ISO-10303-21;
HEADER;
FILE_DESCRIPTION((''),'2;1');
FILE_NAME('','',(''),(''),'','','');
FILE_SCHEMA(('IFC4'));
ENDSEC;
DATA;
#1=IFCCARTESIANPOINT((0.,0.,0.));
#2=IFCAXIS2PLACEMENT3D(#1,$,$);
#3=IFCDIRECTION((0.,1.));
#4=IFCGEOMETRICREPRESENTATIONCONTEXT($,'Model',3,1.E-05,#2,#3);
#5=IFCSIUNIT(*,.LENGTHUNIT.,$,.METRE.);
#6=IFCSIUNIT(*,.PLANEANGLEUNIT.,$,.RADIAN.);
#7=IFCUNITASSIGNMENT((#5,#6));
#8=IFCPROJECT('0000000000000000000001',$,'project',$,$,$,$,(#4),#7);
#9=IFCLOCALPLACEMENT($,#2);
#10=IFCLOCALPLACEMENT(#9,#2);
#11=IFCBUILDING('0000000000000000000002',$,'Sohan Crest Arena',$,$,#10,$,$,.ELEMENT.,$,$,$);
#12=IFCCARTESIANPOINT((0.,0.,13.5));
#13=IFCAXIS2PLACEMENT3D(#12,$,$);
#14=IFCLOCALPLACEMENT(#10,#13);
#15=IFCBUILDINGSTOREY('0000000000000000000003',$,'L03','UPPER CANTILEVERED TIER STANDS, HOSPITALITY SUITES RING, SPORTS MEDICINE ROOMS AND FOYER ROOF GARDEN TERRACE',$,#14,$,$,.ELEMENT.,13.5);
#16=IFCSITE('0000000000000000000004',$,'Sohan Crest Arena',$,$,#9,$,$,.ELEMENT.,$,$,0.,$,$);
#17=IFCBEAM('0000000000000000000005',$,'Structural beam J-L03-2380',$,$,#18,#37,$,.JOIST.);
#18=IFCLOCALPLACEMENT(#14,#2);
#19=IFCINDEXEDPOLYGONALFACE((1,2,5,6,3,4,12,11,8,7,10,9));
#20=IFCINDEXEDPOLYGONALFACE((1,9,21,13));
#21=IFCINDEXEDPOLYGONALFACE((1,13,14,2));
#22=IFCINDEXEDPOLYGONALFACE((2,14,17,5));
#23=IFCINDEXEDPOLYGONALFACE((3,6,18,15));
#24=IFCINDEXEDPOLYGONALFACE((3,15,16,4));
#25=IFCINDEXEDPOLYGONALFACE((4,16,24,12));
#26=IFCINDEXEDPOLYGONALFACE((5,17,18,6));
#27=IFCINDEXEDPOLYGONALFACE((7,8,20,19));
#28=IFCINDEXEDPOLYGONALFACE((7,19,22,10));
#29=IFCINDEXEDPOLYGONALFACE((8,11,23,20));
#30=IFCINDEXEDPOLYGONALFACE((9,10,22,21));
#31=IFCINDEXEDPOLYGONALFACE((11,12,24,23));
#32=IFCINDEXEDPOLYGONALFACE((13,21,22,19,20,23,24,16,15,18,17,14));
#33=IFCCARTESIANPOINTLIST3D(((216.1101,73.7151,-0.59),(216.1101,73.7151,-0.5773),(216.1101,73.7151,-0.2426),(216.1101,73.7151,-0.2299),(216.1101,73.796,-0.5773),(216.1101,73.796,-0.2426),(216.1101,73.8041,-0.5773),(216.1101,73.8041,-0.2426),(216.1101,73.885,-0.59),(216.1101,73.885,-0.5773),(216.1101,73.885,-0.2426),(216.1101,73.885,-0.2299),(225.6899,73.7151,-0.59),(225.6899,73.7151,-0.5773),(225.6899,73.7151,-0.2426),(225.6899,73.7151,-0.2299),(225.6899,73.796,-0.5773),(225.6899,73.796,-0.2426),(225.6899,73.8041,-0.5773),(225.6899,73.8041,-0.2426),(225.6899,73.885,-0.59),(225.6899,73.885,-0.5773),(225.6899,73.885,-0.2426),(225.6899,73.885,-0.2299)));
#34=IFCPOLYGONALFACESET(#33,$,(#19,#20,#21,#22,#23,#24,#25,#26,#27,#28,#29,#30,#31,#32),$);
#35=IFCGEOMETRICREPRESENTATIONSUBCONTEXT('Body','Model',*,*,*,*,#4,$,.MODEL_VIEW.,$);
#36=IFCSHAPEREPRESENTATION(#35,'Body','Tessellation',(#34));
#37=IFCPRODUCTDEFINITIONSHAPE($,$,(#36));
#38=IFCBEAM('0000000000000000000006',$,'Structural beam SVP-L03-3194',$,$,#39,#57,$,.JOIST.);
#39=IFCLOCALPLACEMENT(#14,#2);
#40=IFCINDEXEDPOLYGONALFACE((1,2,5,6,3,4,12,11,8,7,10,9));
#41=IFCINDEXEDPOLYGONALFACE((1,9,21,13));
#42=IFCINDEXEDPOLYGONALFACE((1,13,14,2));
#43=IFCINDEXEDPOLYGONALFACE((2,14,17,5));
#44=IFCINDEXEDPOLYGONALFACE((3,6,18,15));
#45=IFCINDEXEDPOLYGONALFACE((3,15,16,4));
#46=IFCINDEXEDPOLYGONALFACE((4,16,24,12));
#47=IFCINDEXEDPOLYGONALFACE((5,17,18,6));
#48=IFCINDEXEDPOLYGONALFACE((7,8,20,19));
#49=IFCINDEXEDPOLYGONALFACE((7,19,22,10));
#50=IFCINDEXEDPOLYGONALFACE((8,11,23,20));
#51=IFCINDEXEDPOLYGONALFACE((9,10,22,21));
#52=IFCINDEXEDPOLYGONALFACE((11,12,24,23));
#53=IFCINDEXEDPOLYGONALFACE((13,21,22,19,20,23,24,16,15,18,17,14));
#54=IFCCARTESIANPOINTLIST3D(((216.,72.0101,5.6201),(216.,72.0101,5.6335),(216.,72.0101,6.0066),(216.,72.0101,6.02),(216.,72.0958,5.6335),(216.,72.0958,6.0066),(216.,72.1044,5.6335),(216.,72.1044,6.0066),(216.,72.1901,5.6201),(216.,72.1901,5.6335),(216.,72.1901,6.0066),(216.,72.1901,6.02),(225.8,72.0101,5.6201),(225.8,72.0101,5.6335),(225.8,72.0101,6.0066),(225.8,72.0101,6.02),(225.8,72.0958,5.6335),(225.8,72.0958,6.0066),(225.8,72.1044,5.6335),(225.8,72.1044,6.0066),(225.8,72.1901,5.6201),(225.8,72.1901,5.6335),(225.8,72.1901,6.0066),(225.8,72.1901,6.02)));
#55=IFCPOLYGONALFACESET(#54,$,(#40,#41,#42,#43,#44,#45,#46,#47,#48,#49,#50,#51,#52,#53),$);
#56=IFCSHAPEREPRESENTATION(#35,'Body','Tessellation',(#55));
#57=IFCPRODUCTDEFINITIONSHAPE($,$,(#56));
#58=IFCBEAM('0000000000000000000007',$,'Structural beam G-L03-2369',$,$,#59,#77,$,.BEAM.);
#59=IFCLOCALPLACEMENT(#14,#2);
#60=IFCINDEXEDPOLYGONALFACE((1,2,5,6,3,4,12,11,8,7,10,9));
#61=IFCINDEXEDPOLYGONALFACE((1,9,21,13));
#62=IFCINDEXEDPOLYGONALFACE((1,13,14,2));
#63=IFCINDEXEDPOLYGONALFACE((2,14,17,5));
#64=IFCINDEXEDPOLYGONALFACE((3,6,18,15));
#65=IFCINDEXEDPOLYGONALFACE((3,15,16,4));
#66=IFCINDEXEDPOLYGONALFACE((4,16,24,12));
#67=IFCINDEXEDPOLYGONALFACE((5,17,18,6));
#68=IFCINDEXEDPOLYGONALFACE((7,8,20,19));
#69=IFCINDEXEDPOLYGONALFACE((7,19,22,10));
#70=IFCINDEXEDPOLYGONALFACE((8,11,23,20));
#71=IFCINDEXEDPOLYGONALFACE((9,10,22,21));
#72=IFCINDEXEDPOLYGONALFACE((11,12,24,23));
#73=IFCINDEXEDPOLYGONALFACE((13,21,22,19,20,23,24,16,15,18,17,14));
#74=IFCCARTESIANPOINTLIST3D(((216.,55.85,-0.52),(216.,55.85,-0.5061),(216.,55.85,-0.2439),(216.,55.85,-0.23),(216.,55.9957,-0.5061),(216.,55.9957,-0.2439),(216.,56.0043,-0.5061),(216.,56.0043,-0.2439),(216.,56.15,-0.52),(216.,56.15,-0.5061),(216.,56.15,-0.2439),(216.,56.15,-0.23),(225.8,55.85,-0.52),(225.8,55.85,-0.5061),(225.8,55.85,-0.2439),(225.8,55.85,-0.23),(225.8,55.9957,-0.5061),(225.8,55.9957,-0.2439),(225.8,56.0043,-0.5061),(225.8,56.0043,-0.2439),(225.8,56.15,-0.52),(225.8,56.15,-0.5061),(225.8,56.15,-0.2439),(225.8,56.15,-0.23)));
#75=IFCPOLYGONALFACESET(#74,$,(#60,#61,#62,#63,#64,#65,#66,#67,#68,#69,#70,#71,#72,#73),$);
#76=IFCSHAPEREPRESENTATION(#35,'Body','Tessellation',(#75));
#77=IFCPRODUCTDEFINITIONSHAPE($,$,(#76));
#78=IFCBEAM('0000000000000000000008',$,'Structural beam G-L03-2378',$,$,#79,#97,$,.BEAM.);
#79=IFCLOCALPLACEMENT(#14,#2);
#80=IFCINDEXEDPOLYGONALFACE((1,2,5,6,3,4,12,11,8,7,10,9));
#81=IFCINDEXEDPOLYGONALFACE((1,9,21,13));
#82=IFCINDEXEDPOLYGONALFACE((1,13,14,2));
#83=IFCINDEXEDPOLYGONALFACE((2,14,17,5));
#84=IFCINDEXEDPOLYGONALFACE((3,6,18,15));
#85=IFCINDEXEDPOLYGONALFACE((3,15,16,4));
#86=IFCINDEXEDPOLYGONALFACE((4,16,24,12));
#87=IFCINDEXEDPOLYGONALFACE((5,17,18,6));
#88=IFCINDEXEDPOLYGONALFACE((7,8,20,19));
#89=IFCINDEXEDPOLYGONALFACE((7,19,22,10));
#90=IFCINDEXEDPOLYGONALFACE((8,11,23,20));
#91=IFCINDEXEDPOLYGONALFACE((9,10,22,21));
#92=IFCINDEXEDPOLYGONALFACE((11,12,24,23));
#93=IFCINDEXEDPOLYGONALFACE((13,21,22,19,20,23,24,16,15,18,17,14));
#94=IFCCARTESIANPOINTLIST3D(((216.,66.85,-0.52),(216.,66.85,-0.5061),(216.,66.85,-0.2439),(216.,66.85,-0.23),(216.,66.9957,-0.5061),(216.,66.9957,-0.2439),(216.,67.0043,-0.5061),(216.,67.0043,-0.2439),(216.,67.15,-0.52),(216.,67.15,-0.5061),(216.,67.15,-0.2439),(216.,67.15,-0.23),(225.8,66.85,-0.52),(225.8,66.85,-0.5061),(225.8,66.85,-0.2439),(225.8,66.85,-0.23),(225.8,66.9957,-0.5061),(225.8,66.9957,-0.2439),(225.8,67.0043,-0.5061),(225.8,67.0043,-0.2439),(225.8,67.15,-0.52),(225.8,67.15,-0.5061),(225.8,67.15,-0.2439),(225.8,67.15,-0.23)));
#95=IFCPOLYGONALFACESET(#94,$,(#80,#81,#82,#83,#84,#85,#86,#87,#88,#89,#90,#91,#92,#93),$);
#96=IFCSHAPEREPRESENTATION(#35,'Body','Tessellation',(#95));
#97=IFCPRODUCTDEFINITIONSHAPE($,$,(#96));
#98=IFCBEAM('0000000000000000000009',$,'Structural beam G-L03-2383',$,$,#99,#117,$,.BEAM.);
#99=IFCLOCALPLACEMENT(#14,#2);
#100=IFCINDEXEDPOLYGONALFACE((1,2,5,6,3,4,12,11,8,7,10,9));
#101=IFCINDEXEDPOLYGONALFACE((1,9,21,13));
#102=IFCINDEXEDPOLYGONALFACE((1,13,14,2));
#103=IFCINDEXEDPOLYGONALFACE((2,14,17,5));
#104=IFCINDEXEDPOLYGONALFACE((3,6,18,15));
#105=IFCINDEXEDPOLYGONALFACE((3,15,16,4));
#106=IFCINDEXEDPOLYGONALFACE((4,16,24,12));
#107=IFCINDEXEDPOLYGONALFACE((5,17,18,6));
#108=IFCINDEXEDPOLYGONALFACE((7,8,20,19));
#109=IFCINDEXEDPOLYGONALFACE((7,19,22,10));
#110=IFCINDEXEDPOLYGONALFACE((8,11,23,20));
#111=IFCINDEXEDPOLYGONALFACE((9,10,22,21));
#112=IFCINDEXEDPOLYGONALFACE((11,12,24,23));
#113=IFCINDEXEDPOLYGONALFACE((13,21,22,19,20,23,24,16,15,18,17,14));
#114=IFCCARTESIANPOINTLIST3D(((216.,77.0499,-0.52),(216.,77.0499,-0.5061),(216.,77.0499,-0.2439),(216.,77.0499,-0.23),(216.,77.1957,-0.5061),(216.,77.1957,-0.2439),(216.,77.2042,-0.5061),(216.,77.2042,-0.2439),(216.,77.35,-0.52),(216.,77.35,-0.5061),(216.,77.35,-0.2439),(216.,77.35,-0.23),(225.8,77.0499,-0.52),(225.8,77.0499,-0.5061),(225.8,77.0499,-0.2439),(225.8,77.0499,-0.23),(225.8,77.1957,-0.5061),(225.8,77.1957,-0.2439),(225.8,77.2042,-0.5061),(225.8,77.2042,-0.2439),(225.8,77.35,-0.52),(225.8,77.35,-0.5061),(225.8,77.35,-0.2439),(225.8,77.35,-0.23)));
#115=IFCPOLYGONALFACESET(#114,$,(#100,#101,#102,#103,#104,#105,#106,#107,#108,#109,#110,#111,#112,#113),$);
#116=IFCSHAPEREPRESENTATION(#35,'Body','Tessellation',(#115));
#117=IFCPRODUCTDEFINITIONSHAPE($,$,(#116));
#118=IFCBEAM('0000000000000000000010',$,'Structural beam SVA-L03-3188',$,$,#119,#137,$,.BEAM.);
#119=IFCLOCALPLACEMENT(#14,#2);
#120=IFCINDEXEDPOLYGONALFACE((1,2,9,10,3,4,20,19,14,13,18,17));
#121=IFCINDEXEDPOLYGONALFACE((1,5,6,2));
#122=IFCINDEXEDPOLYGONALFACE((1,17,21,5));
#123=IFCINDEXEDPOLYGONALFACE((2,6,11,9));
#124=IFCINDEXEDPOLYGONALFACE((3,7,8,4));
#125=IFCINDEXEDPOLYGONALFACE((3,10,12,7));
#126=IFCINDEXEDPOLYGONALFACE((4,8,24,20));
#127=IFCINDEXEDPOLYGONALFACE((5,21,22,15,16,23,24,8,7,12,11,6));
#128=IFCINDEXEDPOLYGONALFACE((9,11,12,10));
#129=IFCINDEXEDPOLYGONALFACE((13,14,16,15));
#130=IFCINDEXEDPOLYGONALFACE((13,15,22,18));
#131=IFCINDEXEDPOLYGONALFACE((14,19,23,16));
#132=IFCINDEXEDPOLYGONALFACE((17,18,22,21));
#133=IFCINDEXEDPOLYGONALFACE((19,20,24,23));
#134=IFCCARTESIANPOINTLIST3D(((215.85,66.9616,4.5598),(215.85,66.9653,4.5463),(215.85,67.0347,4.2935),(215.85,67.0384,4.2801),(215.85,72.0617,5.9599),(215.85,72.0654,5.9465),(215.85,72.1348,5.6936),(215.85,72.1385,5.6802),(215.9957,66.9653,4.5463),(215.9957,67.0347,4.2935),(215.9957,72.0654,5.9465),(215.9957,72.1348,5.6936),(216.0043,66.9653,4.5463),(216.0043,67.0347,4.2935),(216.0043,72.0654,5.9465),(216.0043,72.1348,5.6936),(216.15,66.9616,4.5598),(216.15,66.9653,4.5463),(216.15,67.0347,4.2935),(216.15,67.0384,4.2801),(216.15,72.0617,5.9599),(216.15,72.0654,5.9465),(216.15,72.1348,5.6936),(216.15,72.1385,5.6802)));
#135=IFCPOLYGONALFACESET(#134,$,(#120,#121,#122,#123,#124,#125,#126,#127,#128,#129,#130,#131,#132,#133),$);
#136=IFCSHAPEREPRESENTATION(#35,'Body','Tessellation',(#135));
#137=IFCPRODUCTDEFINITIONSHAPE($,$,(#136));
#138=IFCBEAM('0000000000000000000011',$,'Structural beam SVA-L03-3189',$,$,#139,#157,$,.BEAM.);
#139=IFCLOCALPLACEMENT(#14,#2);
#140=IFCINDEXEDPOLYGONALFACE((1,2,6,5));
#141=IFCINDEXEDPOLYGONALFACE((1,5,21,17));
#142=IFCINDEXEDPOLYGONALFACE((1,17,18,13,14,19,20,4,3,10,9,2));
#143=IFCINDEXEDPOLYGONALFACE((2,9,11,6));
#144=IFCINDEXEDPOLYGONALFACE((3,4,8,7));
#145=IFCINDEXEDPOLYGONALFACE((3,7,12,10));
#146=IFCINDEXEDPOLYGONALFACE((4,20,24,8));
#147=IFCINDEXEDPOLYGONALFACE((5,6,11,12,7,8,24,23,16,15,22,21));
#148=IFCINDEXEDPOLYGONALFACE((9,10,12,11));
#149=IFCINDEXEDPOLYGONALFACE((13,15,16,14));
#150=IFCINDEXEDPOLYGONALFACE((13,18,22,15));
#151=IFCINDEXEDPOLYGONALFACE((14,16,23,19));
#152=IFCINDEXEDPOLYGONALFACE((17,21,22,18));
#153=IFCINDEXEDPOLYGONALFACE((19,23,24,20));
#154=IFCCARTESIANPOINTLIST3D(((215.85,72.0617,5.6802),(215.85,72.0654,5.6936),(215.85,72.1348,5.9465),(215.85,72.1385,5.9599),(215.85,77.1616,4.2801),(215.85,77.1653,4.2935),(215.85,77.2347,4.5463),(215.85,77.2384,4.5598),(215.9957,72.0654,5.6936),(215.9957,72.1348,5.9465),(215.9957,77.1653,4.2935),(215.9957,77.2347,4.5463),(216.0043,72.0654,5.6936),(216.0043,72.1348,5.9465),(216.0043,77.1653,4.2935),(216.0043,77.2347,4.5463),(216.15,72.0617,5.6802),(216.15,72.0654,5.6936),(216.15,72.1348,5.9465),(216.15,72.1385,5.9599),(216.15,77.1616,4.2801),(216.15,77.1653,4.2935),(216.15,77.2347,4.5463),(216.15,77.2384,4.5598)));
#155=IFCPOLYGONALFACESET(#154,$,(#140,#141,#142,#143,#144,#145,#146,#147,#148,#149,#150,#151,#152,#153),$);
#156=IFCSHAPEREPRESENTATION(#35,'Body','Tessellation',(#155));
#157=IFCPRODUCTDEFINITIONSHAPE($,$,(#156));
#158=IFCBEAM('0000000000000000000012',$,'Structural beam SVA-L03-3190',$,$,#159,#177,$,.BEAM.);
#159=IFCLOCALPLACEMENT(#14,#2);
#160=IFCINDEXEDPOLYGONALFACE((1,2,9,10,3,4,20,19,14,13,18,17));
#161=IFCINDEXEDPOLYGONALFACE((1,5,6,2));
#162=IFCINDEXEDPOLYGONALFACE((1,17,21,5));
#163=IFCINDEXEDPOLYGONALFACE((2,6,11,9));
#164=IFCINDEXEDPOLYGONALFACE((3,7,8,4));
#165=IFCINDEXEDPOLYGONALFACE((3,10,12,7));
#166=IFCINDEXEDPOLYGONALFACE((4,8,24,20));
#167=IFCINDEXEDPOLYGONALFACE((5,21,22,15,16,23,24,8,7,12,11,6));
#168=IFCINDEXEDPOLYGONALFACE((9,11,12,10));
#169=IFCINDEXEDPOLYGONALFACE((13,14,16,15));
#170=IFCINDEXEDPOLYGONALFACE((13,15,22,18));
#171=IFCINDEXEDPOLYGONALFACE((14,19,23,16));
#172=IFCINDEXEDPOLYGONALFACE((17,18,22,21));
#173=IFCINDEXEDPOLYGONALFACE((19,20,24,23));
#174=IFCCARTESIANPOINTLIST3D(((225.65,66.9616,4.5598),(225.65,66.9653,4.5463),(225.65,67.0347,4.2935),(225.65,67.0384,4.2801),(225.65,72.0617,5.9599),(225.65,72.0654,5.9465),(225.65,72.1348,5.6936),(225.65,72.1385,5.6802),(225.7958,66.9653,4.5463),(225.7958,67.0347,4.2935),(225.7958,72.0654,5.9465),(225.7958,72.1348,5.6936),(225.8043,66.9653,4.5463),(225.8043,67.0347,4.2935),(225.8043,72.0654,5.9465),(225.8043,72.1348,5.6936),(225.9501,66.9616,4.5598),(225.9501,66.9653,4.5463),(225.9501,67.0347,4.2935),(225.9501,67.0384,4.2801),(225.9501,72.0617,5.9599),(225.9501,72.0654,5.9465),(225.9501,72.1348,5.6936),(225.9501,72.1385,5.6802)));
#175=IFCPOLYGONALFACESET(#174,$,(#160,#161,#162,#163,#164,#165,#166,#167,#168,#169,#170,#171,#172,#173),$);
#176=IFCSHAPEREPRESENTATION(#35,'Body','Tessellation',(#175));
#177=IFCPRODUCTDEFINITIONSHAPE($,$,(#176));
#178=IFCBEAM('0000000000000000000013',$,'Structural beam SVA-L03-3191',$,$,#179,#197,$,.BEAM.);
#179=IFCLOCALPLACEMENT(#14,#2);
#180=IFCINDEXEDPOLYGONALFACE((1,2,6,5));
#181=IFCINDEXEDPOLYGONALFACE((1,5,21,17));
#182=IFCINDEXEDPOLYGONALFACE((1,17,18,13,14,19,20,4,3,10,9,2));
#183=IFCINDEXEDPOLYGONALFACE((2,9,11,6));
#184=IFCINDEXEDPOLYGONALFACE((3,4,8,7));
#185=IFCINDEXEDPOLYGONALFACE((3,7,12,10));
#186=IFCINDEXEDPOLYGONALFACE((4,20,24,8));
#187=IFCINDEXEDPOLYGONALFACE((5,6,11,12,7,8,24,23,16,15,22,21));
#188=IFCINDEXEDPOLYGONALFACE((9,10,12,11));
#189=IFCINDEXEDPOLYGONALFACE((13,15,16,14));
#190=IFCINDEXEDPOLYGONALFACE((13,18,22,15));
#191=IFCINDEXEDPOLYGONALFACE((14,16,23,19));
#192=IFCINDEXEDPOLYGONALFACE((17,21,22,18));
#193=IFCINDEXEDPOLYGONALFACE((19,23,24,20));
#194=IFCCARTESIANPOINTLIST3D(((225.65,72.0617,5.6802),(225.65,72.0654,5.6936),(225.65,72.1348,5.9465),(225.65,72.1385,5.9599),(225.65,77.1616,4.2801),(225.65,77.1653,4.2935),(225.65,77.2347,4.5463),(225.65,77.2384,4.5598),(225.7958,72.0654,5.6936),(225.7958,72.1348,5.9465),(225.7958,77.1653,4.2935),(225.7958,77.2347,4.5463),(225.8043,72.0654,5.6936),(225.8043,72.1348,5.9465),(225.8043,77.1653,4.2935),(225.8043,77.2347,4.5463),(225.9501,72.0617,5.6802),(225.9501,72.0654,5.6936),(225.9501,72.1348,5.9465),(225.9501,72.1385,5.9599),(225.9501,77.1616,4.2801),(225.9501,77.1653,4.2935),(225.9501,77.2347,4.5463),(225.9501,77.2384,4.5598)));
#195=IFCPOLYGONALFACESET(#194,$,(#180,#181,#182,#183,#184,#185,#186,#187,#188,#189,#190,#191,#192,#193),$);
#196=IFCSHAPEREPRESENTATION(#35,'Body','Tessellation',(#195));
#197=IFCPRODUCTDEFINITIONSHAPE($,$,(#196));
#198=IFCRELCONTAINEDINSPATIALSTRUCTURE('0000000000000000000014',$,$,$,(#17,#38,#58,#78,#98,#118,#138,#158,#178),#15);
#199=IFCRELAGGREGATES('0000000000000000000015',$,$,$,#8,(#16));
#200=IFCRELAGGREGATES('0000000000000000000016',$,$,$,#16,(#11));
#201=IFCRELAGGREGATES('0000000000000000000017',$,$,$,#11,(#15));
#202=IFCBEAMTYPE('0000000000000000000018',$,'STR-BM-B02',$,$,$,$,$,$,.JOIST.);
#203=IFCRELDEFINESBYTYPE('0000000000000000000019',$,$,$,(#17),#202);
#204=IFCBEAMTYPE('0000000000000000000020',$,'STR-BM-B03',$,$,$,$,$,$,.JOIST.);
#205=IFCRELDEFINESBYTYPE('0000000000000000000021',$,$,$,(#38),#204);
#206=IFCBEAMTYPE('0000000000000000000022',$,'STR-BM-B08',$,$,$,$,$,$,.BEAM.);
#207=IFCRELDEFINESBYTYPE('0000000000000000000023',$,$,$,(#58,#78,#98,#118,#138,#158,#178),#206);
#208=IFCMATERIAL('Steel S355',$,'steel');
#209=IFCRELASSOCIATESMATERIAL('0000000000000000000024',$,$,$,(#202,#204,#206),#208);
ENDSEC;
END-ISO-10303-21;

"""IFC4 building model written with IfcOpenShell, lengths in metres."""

from ifc_helpers import new_model, si_unit, direction, frame, origin, origin_2d, place, context, subcontext, project, spatial, i_section, extrude, material, material_profile, profile_set, type_object, element, save


model = new_model("IFC4")

# Units and contexts
model_context = context("Model", 3, precision=1e-05, world=origin(), true_north=direction((0.0, 1.0)))
body_context = subcontext(model_context, "Body", "Model", "MODEL_VIEW")
ifc_project = project(units=[si_unit("LENGTHUNIT", "METRE"), si_unit("PLANEANGLEUNIT", "RADIAN")], contexts=[model_context])

# Site, building, storey
site_placement = place(None, origin())
site = spatial("IfcSite", under=ifc_project, at=site_placement, Name="Sohan Crest Arena", CompositionType="ELEMENT", RefElevation=0.0)
building_placement = place(site_placement, origin())
building = spatial("IfcBuilding", under=site, at=building_placement, Name="Sohan Crest Arena", CompositionType="ELEMENT")
storey_placement = place(building_placement, frame((0.0, 0.0, 13.5)))
storey = spatial("IfcBuildingStorey", under=building, at=storey_placement, Name="L03", Description="UPPER CANTILEVERED TIER STANDS, HOSPITALITY SUITES RING, SPORTS MEDICINE ROOMS AND FOYER ROOF GARDEN TERRACE", CompositionType="ELEMENT", Elevation=13.5)

# Beams
ifc_material_1 = material(Name="Steel S355", Category="steel")
ifc_material_profile_1 = material_profile(ifc_material_1, i_section(OverallWidth=0.1699, OverallDepth=0.3601, WebThickness=0.0081, FlangeThickness=0.0127, at=origin_2d()), Name="IPE 360")
ifc_profile_set_1 = profile_set([ifc_material_profile_1], Name="Steel S355")
beam_type_1 = type_object("IfcBeamType", Name="STR-BM-B02", PredefinedType="JOIST", material=ifc_profile_set_1)
for number, where, z_axis, x_axis, name in (
    (1, (216.1101, 73.8, -0.4099), (1.0, 0.0, 0.0), (0.0, 1.0, 0.0), "Structural beam J-L03-2380"),
):
    element("IfcBeam", number, at=place(storey_placement, frame(where, z_axis=z_axis, x_axis=x_axis)), inside=storey, type_object=beam_type_1, Name=name, PredefinedType="JOIST", context=body_context, shape_type="SweptSolid", body=[
        extrude(i_section(OverallWidth=0.1699, OverallDepth=0.3601, WebThickness=0.0081, FlangeThickness=0.0127, at=origin_2d()), origin(), (0.0, 0.0, 1.0), 9.5798),
    ])
ifc_material_profile_2 = material_profile(ifc_material_1, i_section(OverallWidth=0.1799, OverallDepth=0.3999, WebThickness=0.0085, FlangeThickness=0.0134, at=origin_2d()), Name="IPE 400")
ifc_profile_set_2 = profile_set([ifc_material_profile_2], Name="Steel S355")
beam_type_2 = type_object("IfcBeamType", Name="STR-BM-B03", PredefinedType="JOIST", material=ifc_profile_set_2)
beam_1_placement = place(storey_placement, frame((216.0, 72.1001, 5.8201), z_axis=(1.0, 0.0, 0.0), x_axis=(0.0, 1.0, 0.0)))
element("IfcBeam", 2, at=beam_1_placement, inside=storey, type_object=beam_type_2, Name="Structural beam SVP-L03-3194", PredefinedType="JOIST", context=body_context, shape_type="SweptSolid", body=[
    extrude(i_section(OverallWidth=0.1799, OverallDepth=0.3999, WebThickness=0.0085, FlangeThickness=0.0134, at=origin_2d()), origin(), (0.0, 0.0, 1.0), 9.8),
])
ifc_material_profile_3 = material_profile(ifc_material_1, i_section(OverallWidth=0.3, OverallDepth=0.29, WebThickness=0.0085, FlangeThickness=0.0139, at=origin_2d()), Name="HEA 300")
ifc_profile_set_3 = profile_set([ifc_material_profile_3], Name="Steel S355")
beam_type_3 = type_object("IfcBeamType", Name="STR-BM-B08", PredefinedType="BEAM", material=ifc_profile_set_3)
for number, where, z_axis, x_axis, name in (
    (3, (216.0, 56.0, -0.375), (1.0, 0.0, 0.0), (0.0, 1.0, 0.0), "Structural beam G-L03-2369"),
    (4, (216.0, 67.0, -0.375), (1.0, 0.0, 0.0), (0.0, 1.0, 0.0), "Structural beam G-L03-2378"),
    (5, (216.0, 77.2, -0.375), (1.0, 0.0, 0.0), (0.0, 1.0, 0.0), "Structural beam G-L03-2383"),
):
    element("IfcBeam", number, at=place(storey_placement, frame(where, z_axis=z_axis, x_axis=x_axis)), inside=storey, type_object=beam_type_3, Name=name, PredefinedType="BEAM", context=body_context, shape_type="SweptSolid", body=[
        extrude(i_section(OverallWidth=0.3, OverallDepth=0.29, WebThickness=0.0085, FlangeThickness=0.0139, at=origin_2d()), origin(), (0.0, 0.0, 1.0), 9.8),
    ])
beam_2_placement = place(storey_placement, frame((216.0, 67.0, 4.4199), z_axis=(0.0, 0.96432, 0.264738), x_axis=(-1.0, 0.0, 0.0)))
element("IfcBeam", 6, at=beam_2_placement, inside=storey, type_object=beam_type_3, Name="Structural beam SVA-L03-3188", PredefinedType="BEAM", context=body_context, shape_type="SweptSolid", body=[
    extrude(i_section(OverallWidth=0.3, OverallDepth=0.29, WebThickness=0.0085, FlangeThickness=0.0139, at=origin_2d()), origin(), (0.0, 0.0, 1.0), 5.2888),
])
beam_3_placement = place(storey_placement, frame((216.0, 72.1001, 5.8201), z_axis=(0.0, 0.964317, -0.26475), x_axis=(-1.0, 0.0, 0.0)))
element("IfcBeam", 7, at=beam_3_placement, inside=storey, type_object=beam_type_3, Name="Structural beam SVA-L03-3189", PredefinedType="BEAM", context=body_context, shape_type="SweptSolid", body=[
    extrude(i_section(OverallWidth=0.3, OverallDepth=0.29, WebThickness=0.0085, FlangeThickness=0.0139, at=origin_2d()), origin(), (0.0, 0.0, 1.0), 5.2886),
])
beam_4_placement = place(storey_placement, frame((225.8, 67.0, 4.4199), z_axis=(0.0, 0.96432, 0.264738), x_axis=(-1.0, 0.0, 0.0)))
element("IfcBeam", 8, at=beam_4_placement, inside=storey, type_object=beam_type_3, Name="Structural beam SVA-L03-3190", PredefinedType="BEAM", context=body_context, shape_type="SweptSolid", body=[
    extrude(i_section(OverallWidth=0.3, OverallDepth=0.29, WebThickness=0.0085, FlangeThickness=0.0139, at=origin_2d()), origin(), (0.0, 0.0, 1.0), 5.2888),
])
beam_5_placement = place(storey_placement, frame((225.8, 72.1001, 5.8201), z_axis=(0.0, 0.964317, -0.26475), x_axis=(-1.0, 0.0, 0.0)))
element("IfcBeam", 9, at=beam_5_placement, inside=storey, type_object=beam_type_3, Name="Structural beam SVA-L03-3191", PredefinedType="BEAM", context=body_context, shape_type="SweptSolid", body=[
    extrude(i_section(OverallWidth=0.3, OverallDepth=0.29, WebThickness=0.0085, FlangeThickness=0.0139, at=origin_2d()), origin(), (0.0, 0.0, 1.0), 5.2886),
])

save(model, "model.ifc")
